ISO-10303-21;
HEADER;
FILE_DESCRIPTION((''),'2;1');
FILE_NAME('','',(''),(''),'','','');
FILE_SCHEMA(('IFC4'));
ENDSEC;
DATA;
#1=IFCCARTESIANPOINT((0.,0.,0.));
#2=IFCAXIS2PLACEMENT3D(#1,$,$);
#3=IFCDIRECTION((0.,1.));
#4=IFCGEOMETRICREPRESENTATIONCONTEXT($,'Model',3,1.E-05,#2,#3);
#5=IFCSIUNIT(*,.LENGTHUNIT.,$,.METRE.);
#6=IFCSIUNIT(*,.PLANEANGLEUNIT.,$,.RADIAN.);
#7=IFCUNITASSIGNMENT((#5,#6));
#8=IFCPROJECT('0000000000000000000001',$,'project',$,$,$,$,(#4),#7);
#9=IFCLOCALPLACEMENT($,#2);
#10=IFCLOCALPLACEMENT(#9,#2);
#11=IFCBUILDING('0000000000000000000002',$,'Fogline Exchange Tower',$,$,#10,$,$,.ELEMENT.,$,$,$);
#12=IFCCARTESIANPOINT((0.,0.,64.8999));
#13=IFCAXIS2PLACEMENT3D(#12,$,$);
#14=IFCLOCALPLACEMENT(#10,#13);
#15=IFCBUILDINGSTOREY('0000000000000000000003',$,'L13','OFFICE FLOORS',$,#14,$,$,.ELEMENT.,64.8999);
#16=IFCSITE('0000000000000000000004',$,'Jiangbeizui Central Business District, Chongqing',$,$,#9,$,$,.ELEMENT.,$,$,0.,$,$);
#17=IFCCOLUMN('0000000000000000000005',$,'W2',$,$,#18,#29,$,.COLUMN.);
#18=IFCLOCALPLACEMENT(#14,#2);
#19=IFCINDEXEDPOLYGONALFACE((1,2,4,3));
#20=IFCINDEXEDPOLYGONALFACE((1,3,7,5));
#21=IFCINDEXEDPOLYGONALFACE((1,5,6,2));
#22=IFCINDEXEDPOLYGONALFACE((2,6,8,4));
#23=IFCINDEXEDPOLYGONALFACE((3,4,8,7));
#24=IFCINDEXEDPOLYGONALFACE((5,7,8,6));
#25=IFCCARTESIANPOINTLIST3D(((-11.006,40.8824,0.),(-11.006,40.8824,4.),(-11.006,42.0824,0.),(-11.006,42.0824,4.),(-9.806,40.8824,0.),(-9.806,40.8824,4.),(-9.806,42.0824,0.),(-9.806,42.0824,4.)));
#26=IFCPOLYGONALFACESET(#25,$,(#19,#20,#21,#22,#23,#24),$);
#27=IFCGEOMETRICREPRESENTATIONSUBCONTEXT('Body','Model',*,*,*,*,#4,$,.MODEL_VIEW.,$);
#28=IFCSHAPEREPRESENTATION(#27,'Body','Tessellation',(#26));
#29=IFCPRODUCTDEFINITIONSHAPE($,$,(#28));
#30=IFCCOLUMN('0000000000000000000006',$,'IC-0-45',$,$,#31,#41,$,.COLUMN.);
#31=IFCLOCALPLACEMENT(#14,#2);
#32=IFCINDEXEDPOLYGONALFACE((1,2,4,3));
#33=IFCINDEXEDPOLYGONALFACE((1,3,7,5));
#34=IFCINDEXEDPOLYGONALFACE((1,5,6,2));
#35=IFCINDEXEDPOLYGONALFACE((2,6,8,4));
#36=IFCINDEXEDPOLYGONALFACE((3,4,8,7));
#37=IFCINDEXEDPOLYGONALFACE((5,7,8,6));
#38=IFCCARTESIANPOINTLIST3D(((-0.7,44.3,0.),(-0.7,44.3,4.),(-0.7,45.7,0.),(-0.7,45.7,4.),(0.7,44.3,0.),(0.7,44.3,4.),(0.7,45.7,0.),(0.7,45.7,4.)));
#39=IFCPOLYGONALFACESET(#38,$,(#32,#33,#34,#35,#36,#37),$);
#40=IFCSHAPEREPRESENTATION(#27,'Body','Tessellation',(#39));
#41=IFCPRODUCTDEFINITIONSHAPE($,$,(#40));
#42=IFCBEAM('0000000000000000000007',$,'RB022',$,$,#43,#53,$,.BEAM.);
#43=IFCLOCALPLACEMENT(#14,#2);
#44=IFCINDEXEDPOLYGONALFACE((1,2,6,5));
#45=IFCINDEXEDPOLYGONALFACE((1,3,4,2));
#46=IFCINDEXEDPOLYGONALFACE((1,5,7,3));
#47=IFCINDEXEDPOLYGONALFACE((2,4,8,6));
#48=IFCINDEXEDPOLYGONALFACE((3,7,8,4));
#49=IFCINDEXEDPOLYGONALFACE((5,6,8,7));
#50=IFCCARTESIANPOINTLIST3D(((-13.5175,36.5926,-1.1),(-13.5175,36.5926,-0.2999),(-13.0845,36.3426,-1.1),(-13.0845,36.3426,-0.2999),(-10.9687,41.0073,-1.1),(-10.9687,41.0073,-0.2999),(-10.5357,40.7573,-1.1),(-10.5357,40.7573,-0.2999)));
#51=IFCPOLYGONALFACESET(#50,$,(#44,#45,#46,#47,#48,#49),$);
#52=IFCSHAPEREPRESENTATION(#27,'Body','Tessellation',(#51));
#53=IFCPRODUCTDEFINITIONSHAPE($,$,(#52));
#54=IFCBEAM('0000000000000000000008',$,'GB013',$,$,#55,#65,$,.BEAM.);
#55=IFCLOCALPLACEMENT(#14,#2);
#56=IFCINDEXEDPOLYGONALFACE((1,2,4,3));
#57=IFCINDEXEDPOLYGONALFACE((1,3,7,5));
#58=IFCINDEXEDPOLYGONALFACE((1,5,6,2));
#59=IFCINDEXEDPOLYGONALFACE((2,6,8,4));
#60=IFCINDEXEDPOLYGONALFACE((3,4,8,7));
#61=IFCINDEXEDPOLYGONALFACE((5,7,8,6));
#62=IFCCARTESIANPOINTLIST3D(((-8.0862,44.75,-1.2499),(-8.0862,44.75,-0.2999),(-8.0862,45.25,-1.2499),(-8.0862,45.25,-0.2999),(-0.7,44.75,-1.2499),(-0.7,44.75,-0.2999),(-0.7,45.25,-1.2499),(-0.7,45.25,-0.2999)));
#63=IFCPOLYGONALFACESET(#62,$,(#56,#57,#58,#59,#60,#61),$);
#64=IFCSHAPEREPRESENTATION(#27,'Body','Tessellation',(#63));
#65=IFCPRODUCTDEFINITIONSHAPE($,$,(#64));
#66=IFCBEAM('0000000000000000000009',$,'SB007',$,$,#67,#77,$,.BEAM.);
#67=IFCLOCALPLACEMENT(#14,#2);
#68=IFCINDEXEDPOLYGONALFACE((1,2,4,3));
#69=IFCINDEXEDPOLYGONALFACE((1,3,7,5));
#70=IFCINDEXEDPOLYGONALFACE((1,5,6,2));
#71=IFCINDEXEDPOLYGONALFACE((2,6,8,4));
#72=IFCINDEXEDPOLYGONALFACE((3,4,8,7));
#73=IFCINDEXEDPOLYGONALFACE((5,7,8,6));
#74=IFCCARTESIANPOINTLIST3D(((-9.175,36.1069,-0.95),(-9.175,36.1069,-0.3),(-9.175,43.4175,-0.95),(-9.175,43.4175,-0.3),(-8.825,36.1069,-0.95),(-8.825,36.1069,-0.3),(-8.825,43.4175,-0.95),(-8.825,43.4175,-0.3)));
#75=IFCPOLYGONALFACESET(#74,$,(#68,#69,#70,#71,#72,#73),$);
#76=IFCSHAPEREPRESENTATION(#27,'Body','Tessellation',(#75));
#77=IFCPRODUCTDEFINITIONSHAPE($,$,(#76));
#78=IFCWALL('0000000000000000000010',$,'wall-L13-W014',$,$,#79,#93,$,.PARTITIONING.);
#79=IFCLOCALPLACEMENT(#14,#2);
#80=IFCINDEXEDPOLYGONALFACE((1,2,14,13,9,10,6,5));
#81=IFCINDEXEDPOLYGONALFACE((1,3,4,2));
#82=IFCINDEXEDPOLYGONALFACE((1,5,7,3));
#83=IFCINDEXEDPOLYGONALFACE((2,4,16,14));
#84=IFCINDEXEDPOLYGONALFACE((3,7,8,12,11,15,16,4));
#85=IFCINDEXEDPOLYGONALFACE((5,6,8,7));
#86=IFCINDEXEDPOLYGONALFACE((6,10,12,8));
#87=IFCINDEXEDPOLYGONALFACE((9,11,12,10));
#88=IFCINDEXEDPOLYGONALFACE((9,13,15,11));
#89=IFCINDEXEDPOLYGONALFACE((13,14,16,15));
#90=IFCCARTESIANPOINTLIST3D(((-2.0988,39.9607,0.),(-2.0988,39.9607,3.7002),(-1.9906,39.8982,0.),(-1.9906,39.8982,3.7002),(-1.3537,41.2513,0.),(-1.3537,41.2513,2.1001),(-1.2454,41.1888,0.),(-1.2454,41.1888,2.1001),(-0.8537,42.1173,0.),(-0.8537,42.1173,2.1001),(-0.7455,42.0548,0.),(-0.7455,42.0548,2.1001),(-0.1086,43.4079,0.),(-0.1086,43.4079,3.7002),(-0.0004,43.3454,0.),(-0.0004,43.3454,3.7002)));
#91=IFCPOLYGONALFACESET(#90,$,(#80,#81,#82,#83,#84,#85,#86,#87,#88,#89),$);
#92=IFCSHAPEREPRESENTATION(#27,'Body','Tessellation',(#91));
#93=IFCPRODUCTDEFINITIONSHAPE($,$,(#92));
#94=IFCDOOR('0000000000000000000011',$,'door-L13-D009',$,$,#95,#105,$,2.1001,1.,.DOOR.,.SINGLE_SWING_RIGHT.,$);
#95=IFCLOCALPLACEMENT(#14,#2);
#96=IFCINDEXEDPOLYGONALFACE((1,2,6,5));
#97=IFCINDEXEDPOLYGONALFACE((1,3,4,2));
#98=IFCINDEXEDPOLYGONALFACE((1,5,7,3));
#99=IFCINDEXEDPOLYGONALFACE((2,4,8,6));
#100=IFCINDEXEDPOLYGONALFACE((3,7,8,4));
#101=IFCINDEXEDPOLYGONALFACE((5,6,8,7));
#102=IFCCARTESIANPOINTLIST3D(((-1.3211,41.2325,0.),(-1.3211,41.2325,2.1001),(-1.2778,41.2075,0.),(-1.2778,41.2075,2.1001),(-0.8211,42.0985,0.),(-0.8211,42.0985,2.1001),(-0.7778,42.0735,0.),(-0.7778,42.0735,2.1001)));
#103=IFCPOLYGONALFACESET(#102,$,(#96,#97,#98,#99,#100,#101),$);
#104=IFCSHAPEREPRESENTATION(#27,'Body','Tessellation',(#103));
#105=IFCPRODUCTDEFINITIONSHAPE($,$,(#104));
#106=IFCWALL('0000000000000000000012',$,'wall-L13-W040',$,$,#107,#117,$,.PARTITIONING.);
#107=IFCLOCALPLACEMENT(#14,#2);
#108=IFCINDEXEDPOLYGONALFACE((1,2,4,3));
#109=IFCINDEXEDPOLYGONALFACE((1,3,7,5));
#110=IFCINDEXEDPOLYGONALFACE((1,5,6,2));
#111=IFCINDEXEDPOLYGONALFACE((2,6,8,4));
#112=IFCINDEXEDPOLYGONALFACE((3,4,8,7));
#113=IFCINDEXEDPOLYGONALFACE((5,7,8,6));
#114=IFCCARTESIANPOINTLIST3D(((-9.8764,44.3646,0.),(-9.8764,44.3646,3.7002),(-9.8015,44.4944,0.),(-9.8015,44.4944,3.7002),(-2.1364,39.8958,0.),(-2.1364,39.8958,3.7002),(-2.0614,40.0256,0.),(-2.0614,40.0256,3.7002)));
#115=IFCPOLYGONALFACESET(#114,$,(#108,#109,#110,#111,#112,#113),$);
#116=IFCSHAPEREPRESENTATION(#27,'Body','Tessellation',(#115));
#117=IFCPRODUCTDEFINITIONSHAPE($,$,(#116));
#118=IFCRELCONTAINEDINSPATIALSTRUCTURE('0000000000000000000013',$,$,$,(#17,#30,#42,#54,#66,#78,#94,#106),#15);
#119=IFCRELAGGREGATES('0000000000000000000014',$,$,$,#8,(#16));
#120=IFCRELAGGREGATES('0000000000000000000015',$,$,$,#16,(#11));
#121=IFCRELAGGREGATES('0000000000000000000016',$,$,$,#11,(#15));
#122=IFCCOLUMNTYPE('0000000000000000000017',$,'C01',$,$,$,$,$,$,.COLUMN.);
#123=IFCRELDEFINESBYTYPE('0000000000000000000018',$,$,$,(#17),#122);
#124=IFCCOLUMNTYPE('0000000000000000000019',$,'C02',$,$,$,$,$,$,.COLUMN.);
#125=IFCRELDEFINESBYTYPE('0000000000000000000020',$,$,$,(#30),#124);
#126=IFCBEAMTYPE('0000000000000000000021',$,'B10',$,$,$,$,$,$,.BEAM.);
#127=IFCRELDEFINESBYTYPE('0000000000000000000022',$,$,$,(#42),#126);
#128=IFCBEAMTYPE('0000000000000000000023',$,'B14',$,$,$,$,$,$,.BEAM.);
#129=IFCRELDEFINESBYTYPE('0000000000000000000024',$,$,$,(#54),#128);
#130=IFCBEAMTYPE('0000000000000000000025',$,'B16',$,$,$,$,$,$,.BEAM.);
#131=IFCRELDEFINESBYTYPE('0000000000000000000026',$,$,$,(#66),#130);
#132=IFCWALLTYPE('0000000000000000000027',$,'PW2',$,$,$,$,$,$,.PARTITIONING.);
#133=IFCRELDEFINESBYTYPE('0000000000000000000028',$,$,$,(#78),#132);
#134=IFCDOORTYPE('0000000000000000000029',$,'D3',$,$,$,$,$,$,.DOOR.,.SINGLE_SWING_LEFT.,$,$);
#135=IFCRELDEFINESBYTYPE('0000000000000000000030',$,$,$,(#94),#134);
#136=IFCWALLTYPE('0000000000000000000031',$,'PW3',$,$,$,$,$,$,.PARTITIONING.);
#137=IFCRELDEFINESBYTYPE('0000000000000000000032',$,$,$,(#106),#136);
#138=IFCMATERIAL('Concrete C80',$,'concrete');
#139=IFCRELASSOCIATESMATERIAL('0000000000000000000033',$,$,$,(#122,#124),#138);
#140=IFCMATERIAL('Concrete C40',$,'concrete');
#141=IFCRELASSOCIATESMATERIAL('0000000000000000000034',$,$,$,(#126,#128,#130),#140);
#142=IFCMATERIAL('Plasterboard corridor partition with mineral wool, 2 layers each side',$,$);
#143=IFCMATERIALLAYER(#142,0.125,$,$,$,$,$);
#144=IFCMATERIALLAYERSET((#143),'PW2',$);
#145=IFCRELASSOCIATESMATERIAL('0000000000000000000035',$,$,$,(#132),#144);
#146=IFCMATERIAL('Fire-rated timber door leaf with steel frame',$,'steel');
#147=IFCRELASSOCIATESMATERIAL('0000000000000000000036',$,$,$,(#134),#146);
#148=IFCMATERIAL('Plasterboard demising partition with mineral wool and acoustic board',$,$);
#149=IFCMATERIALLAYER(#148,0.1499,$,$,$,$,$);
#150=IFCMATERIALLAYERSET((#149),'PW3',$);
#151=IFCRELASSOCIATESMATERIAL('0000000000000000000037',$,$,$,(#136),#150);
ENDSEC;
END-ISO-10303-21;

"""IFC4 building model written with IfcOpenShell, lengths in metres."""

from ifc_helpers import new_model, si_unit, direction, frame, frame_2d, origin, origin_2d, place, context, subcontext, project, spatial, rectangle, extrude, material, layer, layer_set, material_profile, profile_set, type_object, element, fill, save


model = new_model("IFC4")

# Units and contexts
model_context = context("Model", 3, precision=1e-05, world=origin(), true_north=direction((0.0, 1.0)))
body_context = subcontext(model_context, "Body", "Model", "MODEL_VIEW")
ifc_project = project(units=[si_unit("LENGTHUNIT", "METRE"), si_unit("PLANEANGLEUNIT", "RADIAN")], contexts=[model_context])

# Site, building, storey
site_placement = place(None, origin())
site = spatial("IfcSite", under=ifc_project, at=site_placement, Name="Jiangbeizui Central Business District, Chongqing", CompositionType="ELEMENT", RefElevation=0.0)
building_placement = place(site_placement, origin())
building = spatial("IfcBuilding", under=site, at=building_placement, Name="Fogline Exchange Tower", CompositionType="ELEMENT")
storey_placement = place(building_placement, frame((0.0, 0.0, 64.8999)))
storey = spatial("IfcBuildingStorey", under=building, at=storey_placement, Name="L13", Description="OFFICE FLOORS", CompositionType="ELEMENT", Elevation=64.8999)

# Columns
ifc_material_1 = material(Name="Concrete C80", Category="concrete")
ifc_material_profile_1 = material_profile(ifc_material_1, rectangle(XDim=1.2, YDim=1.2, at=origin_2d()), Name="RC 1200x1200")
ifc_profile_set_1 = profile_set([ifc_material_profile_1], Name="Concrete C80")
column_type_1 = type_object("IfcColumnType", Name="C01", PredefinedType="COLUMN", material=ifc_profile_set_1)
column_1_placement = place(storey_placement, frame((-10.406, 41.4824, 0.0), z_axis=(0.0, 0.0, 1.0), x_axis=(1.0, 0.0, 0.0)))
element("IfcColumn", 1, at=column_1_placement, inside=storey, type_object=column_type_1, Name="W2", PredefinedType="COLUMN", context=body_context, shape_type="SweptSolid", body=[
    extrude(rectangle(XDim=1.2, YDim=1.2, at=origin_2d()), origin(), (0.0, 0.0, 1.0), 4.0),
])
ifc_material_profile_2 = material_profile(ifc_material_1, rectangle(XDim=1.3999, YDim=1.3999, at=origin_2d()), Name="RC 1400x1400")
ifc_profile_set_2 = profile_set([ifc_material_profile_2], Name="Concrete C80")
column_type_2 = type_object("IfcColumnType", Name="C02", PredefinedType="COLUMN", material=ifc_profile_set_2)
column_2_placement = place(storey_placement, frame((0.0, 45.0, 0.0), z_axis=(0.0, 0.0, 1.0), x_axis=(1.0, 0.0, 0.0)))
element("IfcColumn", 2, at=column_2_placement, inside=storey, type_object=column_type_2, Name="IC-0-45", PredefinedType="COLUMN", context=body_context, shape_type="SweptSolid", body=[
    extrude(rectangle(XDim=1.3999, YDim=1.3999, at=origin_2d()), origin(), (0.0, 0.0, 1.0), 4.0),
])

# Beams
ifc_material_2 = material(Name="Concrete C40", Category="concrete")
ifc_material_profile_3 = material_profile(ifc_material_2, rectangle(XDim=0.5, YDim=0.8, at=origin_2d()), Name="RC 500x800")
ifc_profile_set_3 = profile_set([ifc_material_profile_3], Name="Concrete C40")
beam_type_1 = type_object("IfcBeamType", Name="B10", PredefinedType="BEAM", material=ifc_profile_set_3)
beam_1_placement = place(storey_placement, frame((-10.7522, 40.8823, -0.7), z_axis=(-0.499992, -0.86603, 0.0), x_axis=(0.86603, -0.499992, 0.0)))
element("IfcBeam", 3, at=beam_1_placement, inside=storey, type_object=beam_type_1, Name="RB022", PredefinedType="BEAM", context=body_context, shape_type="SweptSolid", body=[
    extrude(rectangle(XDim=0.5, YDim=0.8, at=origin_2d()), origin(), (0.0, 0.0, 1.0), 5.0977),
])
ifc_material_profile_4 = material_profile(ifc_material_2, rectangle(XDim=0.5, YDim=0.95, at=origin_2d()), Name="RC 500x950")
ifc_profile_set_4 = profile_set([ifc_material_profile_4], Name="Concrete C40")
beam_type_2 = type_object("IfcBeamType", Name="B14", PredefinedType="BEAM", material=ifc_profile_set_4)
beam_2_placement = place(storey_placement, frame((-8.0862, 45.0, -0.7749), z_axis=(1.0, 0.0, 0.0), x_axis=(0.0, 1.0, 0.0)))
element("IfcBeam", 4, at=beam_2_placement, inside=storey, type_object=beam_type_2, Name="GB013", PredefinedType="BEAM", context=body_context, shape_type="SweptSolid", body=[
    extrude(rectangle(XDim=0.5, YDim=0.95, at=origin_2d()), origin(), (0.0, 0.0, 1.0), 7.3862),
])
ifc_material_profile_5 = material_profile(ifc_material_2, rectangle(XDim=0.3501, YDim=0.6499, at=origin_2d()), Name="RC 350x650")
ifc_profile_set_5 = profile_set([ifc_material_profile_5], Name="Concrete C40")
beam_type_3 = type_object("IfcBeamType", Name="B16", PredefinedType="BEAM", material=ifc_profile_set_5)
beam_3_placement = place(storey_placement, frame((-9.0, 36.1069, -0.625), z_axis=(0.0, 1.0, 0.0), x_axis=(-1.0, 0.0, 0.0)))
element("IfcBeam", 5, at=beam_3_placement, inside=storey, type_object=beam_type_3, Name="SB007", PredefinedType="BEAM", context=body_context, shape_type="SweptSolid", body=[
    extrude(rectangle(XDim=0.3501, YDim=0.6499, at=origin_2d()), origin(), (0.0, 0.0, 1.0), 7.3105),
])

# Wall, opening, door
ifc_material_3 = material(Name="Plasterboard corridor partition with mineral wool, 2 layers each side")
ifc_layer_1 = layer(ifc_material_3, 0.125)
ifc_layer_set_1 = layer_set([ifc_layer_1], Name="PW2")
wall_type_1 = type_object("IfcWallType", Name="PW2", PredefinedType="PARTITIONING", material=ifc_layer_set_1)
wall_1_placement = place(storey_placement, frame((-2.0447, 39.9294, 0.0), z_axis=(0.0, 0.0, 1.0), x_axis=(0.499991, 0.86603, 0.0)))
wall_1 = element("IfcWall", 6, at=wall_1_placement, inside=storey, type_object=wall_type_1, Name="wall-L13-W014", PredefinedType="PARTITIONING", context=body_context, shape_type="SweptSolid", body=[
    extrude(rectangle(XDim=3.9805, YDim=0.125, at=frame_2d((1.9902, 0.0))), origin(), (0.0, 0.0, 1.0), 3.7002),
])
opening_placement = place(wall_1_placement, frame((1.4902, 0.0, 0.0)))
opening = element("IfcOpeningElement", 7, at=opening_placement, cuts=wall_1, PredefinedType="OPENING", context=body_context, shape_type="SweptSolid", body=[
    extrude(rectangle(XDim=1.0, YDim=2.1001, at=frame_2d((0.5, 1.05))), frame((0.0, 0.0725, 0.0), z_axis=(0.0, -1.0, 0.0), x_axis=(1.0, 0.0, 0.0)), (0.0, 0.0, 1.0), 0.145),
])
ifc_material_4 = material(Name="Fire-rated timber door leaf with steel frame", Category="steel")
door_type = type_object("IfcDoorType", Name="D3", OperationType="SINGLE_SWING_LEFT", PredefinedType="DOOR", material=ifc_material_4)
door_placement = place(opening_placement, origin())
door = element("IfcDoor", 8, at=door_placement, inside=storey, type_object=door_type, Name="door-L13-D009", OperationType="SINGLE_SWING_RIGHT", OverallHeight=2.1001, OverallWidth=1.0, PredefinedType="DOOR", context=body_context, shape_type="SweptSolid", body=[
    extrude(rectangle(XDim=1.0, YDim=2.1001, at=frame_2d((0.5, 1.05))), frame((0.0, 0.0249, 0.0), z_axis=(0.0, -1.0, 0.0), x_axis=(1.0, 0.0, 0.0)), (0.0, 0.0, 1.0), 0.05),
])
fill(opening, door)

# Wall
ifc_material_5 = material(Name="Plasterboard demising partition with mineral wool and acoustic board")
ifc_layer_2 = layer(ifc_material_5, 0.1499)
ifc_layer_set_2 = layer_set([ifc_layer_2], Name="PW3")
wall_type_2 = type_object("IfcWallType", Name="PW3", PredefinedType="PARTITIONING", material=ifc_layer_set_2)
wall_2_placement = place(storey_placement, frame((-2.0989, 39.9607, 0.0), z_axis=(0.0, 0.0, 1.0), x_axis=(-0.866022, 0.500005, 0.0)))
element("IfcWall", 9, at=wall_2_placement, inside=storey, type_object=wall_type_2, Name="wall-L13-W040", PredefinedType="PARTITIONING", context=body_context, shape_type="SweptSolid", body=[
    extrude(rectangle(XDim=8.9375, YDim=0.1499, at=frame_2d((4.4688, 0.0))), origin(), (0.0, 0.0, 1.0), 3.7002),
])

save(model, "model.ifc")
